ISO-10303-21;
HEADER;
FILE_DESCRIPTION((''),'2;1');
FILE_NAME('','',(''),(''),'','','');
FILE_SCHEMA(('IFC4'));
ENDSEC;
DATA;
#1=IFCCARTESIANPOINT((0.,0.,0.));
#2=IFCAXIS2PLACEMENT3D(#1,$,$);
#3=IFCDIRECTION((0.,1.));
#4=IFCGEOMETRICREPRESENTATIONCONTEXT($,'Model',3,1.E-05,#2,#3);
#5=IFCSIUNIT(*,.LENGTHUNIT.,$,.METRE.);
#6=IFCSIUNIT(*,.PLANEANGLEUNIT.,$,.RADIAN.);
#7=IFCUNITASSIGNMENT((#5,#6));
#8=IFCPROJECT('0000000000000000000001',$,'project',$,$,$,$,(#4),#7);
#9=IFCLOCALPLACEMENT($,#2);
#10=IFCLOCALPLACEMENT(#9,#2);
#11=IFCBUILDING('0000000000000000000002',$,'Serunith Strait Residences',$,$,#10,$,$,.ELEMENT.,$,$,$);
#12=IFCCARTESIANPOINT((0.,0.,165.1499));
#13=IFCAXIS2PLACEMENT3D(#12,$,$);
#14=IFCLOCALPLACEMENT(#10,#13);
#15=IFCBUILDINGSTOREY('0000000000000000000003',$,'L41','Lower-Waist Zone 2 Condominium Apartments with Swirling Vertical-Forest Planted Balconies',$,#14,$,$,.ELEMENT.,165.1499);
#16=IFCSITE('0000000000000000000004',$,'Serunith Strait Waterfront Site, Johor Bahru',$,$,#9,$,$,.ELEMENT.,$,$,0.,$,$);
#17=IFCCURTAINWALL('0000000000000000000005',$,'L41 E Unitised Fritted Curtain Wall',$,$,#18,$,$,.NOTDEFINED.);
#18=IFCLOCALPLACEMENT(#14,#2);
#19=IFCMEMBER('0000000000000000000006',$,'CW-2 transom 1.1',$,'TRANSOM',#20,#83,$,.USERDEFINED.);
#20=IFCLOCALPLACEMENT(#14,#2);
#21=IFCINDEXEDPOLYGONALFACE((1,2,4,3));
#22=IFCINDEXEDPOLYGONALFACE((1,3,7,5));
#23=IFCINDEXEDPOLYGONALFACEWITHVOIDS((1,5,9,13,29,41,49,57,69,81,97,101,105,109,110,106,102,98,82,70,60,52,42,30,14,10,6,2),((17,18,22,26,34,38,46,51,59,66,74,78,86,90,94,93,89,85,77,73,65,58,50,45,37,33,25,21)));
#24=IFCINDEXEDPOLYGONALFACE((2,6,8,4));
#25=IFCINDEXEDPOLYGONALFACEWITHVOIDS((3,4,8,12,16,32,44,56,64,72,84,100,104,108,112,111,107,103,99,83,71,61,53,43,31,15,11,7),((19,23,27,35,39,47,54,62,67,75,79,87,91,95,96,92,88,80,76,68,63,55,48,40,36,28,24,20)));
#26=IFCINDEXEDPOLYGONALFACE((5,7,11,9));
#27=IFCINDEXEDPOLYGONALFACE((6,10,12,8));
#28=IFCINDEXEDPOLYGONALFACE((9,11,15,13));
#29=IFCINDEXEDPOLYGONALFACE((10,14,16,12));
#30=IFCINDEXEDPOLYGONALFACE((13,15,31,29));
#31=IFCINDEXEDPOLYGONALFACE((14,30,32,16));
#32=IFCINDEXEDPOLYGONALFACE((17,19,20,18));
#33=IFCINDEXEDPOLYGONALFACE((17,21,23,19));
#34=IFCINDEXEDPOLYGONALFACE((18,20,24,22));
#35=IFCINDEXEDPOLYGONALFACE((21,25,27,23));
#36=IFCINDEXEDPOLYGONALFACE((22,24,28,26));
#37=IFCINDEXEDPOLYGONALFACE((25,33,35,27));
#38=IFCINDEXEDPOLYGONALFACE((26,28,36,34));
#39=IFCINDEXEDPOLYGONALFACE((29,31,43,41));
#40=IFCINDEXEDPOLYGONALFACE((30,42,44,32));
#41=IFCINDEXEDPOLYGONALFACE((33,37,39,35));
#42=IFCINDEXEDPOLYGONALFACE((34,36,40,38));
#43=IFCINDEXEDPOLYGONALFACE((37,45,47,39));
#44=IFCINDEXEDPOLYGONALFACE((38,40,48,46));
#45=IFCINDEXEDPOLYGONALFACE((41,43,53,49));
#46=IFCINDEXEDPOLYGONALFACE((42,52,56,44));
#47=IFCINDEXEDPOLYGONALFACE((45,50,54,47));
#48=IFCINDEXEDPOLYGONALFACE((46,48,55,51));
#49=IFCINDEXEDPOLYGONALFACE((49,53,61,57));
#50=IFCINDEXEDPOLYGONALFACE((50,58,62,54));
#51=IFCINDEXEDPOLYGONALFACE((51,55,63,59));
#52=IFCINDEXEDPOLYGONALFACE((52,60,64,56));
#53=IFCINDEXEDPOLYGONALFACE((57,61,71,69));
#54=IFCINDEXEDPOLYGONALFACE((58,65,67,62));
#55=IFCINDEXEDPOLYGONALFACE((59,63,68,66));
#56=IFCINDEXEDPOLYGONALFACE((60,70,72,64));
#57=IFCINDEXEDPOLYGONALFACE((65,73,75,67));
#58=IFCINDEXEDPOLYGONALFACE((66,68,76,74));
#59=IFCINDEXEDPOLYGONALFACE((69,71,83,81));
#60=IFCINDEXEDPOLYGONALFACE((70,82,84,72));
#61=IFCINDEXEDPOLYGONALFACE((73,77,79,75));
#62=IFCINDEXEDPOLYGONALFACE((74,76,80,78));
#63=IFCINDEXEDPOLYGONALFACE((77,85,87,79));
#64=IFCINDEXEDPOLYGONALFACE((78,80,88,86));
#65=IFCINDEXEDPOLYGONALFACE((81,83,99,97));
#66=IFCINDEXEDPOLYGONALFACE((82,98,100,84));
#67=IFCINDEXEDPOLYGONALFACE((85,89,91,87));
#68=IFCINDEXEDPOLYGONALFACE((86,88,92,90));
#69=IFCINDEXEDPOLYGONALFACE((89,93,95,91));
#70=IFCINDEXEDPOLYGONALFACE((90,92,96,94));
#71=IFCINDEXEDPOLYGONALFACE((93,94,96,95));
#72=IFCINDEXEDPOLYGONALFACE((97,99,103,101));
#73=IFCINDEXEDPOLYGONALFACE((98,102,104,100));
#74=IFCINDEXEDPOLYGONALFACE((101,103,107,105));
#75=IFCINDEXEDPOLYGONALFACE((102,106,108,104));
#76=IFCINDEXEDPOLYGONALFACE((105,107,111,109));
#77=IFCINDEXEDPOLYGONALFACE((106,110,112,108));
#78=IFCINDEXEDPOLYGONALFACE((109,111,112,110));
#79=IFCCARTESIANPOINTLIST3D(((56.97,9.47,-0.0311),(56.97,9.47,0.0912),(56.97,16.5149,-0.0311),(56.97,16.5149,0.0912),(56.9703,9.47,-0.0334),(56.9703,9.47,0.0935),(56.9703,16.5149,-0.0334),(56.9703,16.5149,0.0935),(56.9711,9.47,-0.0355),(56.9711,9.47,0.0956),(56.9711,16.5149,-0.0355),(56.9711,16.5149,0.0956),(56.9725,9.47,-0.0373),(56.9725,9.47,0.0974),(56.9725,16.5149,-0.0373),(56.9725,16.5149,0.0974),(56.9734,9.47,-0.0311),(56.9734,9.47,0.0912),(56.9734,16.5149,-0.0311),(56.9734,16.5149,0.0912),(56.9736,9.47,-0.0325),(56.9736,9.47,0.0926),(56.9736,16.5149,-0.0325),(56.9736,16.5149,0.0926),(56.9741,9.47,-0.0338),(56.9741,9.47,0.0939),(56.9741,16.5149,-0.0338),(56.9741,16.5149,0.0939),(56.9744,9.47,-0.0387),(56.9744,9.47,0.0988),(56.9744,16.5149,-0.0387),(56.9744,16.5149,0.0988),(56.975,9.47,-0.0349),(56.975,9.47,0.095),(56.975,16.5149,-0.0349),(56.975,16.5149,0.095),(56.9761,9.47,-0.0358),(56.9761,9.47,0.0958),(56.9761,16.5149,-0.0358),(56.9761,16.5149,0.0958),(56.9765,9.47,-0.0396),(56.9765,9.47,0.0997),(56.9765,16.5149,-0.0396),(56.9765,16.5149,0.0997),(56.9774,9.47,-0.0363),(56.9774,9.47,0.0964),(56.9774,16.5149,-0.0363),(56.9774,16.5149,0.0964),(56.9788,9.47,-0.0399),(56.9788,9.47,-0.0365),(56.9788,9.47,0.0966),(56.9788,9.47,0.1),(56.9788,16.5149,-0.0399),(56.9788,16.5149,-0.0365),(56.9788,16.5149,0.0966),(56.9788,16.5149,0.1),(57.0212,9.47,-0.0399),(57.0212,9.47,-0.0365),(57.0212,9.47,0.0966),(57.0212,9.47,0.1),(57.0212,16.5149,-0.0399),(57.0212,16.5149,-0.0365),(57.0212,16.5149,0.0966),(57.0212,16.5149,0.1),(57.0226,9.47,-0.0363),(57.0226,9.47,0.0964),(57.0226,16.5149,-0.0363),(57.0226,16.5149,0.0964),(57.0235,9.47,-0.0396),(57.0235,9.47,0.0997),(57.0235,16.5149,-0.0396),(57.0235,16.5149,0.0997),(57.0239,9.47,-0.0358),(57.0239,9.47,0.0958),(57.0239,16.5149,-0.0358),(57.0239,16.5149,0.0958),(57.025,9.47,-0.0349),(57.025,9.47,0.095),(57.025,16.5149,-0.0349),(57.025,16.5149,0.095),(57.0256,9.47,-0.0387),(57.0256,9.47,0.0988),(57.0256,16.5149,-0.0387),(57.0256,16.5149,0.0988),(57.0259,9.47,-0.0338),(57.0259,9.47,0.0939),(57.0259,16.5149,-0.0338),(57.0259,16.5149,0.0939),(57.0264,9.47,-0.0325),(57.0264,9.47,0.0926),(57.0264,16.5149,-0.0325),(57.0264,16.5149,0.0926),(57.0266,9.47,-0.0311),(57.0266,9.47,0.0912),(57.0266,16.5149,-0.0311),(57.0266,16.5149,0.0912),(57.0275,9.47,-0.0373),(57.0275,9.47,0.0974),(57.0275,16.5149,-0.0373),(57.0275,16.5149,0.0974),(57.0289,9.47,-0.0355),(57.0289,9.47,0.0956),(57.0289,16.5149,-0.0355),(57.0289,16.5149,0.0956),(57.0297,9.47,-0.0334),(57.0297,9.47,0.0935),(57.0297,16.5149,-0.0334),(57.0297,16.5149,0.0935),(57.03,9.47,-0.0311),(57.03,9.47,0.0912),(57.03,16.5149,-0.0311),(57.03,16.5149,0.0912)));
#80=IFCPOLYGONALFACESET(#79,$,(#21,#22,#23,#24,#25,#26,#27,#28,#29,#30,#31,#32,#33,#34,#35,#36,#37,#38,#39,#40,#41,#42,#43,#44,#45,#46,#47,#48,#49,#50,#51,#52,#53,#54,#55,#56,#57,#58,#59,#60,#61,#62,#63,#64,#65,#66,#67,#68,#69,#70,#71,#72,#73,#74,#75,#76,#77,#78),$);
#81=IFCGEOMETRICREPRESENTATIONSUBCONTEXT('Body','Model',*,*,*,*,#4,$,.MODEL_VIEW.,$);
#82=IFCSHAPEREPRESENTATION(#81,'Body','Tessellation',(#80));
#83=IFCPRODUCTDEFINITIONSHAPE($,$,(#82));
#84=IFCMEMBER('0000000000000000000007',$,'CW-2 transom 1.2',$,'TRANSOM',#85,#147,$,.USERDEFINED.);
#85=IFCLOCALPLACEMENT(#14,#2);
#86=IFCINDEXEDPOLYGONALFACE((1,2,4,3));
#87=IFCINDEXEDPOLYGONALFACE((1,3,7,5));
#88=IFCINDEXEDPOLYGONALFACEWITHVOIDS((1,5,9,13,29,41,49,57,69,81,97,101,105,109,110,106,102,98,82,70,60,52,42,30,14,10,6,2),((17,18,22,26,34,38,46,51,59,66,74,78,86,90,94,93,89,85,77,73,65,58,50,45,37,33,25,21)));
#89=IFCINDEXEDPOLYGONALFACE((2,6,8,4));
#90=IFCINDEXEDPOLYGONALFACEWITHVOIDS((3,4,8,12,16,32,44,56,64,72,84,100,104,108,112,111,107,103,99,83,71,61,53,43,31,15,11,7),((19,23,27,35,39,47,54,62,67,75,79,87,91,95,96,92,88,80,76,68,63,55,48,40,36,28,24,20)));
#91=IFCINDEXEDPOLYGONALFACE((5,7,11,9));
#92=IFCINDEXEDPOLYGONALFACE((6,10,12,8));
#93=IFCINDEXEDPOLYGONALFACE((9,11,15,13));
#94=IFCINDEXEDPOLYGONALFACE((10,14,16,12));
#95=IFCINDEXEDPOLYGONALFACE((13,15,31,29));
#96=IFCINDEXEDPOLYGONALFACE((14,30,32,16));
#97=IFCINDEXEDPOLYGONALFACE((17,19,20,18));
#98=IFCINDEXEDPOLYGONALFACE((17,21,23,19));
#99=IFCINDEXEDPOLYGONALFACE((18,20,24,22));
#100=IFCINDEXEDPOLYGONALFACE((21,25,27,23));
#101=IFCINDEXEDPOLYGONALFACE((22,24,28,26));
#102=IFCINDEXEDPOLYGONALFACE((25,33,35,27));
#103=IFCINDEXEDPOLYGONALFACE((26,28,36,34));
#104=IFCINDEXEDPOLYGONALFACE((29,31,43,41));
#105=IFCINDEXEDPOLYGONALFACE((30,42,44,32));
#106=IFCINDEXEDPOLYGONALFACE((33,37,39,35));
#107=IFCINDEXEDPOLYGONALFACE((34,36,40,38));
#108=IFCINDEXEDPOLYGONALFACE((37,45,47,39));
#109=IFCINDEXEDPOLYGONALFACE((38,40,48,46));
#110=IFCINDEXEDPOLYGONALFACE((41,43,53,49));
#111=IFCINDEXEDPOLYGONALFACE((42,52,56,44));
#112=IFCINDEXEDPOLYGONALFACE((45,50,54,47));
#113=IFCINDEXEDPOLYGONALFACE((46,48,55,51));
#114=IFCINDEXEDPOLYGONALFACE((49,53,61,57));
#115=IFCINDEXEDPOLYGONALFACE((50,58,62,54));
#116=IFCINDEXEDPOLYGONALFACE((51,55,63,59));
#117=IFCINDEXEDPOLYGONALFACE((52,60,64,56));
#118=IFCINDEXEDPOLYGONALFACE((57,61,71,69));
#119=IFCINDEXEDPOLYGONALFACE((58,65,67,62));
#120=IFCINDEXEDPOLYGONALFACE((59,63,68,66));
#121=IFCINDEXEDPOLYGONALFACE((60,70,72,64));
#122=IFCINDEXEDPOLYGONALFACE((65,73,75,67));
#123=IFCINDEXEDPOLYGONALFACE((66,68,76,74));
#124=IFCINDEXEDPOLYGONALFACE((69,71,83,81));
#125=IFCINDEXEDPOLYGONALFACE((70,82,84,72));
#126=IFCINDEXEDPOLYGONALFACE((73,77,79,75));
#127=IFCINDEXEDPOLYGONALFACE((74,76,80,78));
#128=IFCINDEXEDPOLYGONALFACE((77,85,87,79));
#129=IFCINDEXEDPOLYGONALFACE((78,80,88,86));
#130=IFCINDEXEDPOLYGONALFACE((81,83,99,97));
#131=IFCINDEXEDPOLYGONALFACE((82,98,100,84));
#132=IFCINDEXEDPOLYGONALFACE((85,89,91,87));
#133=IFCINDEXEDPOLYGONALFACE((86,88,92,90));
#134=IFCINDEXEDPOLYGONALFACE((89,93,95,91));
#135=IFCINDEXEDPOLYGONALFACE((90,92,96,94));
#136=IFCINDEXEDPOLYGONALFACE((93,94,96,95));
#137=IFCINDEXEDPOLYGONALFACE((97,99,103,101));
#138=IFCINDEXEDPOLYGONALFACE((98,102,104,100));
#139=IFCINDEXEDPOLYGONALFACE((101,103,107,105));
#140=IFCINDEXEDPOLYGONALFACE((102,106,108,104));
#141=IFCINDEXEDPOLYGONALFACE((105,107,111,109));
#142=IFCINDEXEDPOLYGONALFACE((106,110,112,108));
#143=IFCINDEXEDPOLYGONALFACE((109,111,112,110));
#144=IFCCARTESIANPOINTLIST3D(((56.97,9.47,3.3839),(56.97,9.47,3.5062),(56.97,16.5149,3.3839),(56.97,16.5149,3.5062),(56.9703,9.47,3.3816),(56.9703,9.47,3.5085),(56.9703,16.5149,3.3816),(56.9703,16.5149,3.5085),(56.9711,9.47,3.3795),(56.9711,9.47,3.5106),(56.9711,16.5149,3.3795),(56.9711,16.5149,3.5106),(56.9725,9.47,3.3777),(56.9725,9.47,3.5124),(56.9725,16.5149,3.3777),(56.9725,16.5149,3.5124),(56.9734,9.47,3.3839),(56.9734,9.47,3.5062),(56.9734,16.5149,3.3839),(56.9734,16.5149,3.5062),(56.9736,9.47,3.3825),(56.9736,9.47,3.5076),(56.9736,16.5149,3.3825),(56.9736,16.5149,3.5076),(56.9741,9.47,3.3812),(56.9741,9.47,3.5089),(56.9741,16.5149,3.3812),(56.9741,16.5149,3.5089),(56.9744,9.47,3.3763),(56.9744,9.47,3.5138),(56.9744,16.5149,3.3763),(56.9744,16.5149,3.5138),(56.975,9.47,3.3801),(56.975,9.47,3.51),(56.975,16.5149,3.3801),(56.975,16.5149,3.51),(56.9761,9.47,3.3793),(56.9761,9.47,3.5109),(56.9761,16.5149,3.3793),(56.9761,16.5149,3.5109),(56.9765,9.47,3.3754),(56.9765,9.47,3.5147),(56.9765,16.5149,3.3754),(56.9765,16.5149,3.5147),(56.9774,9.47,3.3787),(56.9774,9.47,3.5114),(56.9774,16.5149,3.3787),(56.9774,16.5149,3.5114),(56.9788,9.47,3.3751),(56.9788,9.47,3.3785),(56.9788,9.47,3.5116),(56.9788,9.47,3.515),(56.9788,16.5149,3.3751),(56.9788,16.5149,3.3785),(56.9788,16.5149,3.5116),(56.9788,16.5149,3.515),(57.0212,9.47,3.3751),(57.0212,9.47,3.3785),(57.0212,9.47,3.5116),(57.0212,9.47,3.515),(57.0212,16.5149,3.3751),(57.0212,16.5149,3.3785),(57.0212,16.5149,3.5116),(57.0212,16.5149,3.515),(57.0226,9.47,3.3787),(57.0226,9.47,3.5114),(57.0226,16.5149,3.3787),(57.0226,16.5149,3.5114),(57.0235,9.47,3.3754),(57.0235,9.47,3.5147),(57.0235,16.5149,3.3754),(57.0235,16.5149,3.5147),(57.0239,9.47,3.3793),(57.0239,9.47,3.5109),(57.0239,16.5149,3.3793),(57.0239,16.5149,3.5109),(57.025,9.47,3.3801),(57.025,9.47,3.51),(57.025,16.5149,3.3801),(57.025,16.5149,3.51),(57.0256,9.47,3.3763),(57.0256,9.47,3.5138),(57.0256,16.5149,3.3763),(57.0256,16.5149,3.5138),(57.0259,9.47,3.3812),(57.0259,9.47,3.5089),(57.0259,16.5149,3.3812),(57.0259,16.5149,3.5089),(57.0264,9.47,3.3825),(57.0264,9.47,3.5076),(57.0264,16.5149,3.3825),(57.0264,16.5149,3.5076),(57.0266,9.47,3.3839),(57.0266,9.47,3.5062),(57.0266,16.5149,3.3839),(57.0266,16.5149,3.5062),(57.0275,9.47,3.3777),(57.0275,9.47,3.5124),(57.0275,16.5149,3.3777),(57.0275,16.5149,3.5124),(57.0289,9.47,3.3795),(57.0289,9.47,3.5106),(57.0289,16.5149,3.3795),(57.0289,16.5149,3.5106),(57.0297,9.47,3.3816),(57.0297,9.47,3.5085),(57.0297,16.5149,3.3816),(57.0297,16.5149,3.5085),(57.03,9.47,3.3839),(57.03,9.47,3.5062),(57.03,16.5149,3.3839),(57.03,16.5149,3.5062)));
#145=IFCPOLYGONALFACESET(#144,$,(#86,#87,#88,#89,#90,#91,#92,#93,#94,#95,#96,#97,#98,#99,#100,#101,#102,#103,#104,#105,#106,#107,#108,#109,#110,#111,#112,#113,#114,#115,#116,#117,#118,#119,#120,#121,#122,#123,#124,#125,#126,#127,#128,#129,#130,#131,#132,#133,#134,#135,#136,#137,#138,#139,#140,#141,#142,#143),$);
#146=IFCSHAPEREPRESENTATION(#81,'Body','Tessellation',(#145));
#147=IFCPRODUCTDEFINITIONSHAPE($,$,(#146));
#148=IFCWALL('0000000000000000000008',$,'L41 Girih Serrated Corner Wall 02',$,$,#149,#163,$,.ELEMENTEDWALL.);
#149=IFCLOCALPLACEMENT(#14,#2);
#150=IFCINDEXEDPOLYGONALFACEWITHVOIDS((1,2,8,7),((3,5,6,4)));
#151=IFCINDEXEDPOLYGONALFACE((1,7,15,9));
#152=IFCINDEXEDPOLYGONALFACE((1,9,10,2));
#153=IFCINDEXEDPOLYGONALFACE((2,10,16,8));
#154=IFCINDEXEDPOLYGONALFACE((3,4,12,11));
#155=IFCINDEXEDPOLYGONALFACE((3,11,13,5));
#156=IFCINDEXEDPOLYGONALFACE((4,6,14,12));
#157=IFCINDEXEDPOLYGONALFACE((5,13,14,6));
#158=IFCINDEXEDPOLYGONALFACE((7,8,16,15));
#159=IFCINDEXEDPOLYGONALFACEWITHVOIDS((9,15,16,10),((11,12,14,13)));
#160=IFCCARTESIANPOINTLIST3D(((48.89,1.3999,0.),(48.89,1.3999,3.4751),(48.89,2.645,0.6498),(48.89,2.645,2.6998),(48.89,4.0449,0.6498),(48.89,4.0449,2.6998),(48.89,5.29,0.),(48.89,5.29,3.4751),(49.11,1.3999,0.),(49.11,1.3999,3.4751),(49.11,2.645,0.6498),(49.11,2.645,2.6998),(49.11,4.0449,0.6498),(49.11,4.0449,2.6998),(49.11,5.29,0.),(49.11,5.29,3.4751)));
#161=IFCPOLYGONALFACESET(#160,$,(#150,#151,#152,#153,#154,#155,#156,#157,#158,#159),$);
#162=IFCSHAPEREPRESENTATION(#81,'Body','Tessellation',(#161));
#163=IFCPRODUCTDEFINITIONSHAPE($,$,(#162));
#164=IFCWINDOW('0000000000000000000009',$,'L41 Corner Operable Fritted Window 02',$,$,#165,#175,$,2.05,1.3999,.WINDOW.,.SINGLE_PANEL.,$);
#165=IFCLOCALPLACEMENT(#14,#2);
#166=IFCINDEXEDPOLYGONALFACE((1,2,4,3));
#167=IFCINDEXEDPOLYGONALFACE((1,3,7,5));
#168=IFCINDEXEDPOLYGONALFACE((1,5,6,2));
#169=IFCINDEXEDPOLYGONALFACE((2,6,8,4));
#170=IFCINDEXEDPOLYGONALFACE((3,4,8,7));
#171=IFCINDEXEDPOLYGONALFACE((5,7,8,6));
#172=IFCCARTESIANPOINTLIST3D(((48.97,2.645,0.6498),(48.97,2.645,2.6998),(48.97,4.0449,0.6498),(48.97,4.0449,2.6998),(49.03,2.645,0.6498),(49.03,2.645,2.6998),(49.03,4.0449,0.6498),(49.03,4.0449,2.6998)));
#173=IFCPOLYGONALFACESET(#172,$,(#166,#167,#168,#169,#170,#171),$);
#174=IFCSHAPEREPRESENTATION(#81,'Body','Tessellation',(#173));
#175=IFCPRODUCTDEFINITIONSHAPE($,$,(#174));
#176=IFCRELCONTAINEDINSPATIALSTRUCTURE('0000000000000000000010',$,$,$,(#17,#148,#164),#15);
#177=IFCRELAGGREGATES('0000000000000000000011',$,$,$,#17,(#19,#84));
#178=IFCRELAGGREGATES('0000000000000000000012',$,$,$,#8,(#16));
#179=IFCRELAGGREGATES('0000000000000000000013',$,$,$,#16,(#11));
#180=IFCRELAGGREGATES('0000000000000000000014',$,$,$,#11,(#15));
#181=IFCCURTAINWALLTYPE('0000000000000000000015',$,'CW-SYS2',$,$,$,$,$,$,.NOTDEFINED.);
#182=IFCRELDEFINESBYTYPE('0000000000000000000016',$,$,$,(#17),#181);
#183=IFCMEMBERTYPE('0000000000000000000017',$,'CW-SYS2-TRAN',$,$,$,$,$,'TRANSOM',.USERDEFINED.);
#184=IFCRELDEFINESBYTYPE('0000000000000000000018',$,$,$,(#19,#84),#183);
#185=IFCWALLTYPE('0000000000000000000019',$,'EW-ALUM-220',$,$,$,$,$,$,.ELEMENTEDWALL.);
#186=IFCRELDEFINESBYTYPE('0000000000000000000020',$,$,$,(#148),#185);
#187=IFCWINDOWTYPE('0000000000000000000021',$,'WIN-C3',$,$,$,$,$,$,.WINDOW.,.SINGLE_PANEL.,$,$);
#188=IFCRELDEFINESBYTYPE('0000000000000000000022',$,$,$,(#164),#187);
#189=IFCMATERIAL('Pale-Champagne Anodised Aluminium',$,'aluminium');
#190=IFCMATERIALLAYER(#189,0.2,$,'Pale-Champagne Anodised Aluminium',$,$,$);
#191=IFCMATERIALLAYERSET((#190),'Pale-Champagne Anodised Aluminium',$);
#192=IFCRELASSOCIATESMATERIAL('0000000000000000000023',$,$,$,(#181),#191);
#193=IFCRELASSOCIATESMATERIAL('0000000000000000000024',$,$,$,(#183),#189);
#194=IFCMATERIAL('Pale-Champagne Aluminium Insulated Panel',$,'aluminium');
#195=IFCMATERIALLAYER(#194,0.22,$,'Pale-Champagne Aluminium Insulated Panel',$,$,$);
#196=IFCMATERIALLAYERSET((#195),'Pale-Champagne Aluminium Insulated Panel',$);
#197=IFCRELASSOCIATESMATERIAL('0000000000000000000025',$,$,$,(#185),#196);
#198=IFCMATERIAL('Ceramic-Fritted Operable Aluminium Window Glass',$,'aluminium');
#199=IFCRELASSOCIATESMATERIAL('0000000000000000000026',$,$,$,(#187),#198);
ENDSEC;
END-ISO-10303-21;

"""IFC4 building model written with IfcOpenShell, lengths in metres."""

from ifc_helpers import new_model, si_unit, direction, frame, frame_2d, origin, origin_2d, place, context, subcontext, project, spatial, rectangle, hollow_rectangle, extrude, source, transform, mapped, material, layer, layer_set, material_profile, profile_set, type_object, element, fill, aggregate, save


model = new_model("IFC4")

# Units and contexts
model_context = context("Model", 3, precision=1e-05, world=origin(), true_north=direction((0.0, 1.0)))
body_context = subcontext(model_context, "Body", "Model", "MODEL_VIEW")
ifc_project = project(units=[si_unit("LENGTHUNIT", "METRE"), si_unit("PLANEANGLEUNIT", "RADIAN")], contexts=[model_context])

# Site, building, storey
site_placement = place(None, origin())
site = spatial("IfcSite", under=ifc_project, at=site_placement, Name="Serunith Strait Waterfront Site, Johor Bahru", CompositionType="ELEMENT", RefElevation=0.0)
building_placement = place(site_placement, origin())
building = spatial("IfcBuilding", under=site, at=building_placement, Name="Serunith Strait Residences", CompositionType="ELEMENT")
storey_placement = place(building_placement, frame((0.0, 0.0, 165.1499)))
storey = spatial("IfcBuildingStorey", under=building, at=storey_placement, Name="L41", Description="Lower-Waist Zone 2 Condominium Apartments with Swirling Vertical-Forest Planted Balconies", CompositionType="ELEMENT", Elevation=165.1499)

# Shared definitions
ifc_material_1 = material(Name="Pale-Champagne Anodised Aluminium", Category="aluminium")
ifc_layer_1 = layer(ifc_material_1, 0.2, Name="Pale-Champagne Anodised Aluminium")
ifc_layer_set_1 = layer_set([ifc_layer_1], Name="Pale-Champagne Anodised Aluminium")
curtain_wall_type = type_object("IfcCurtainWallType", Name="CW-SYS2", PredefinedType="NOTDEFINED", material=ifc_layer_set_1)

# Curtain wall, members
curtain_wall_1_placement = place(storey_placement, origin())
curtain_wall_1 = element("IfcCurtainWall", 1, at=curtain_wall_1_placement, inside=storey, type_object=curtain_wall_type, Name="L41 E Unitised Fritted Curtain Wall", PredefinedType="NOTDEFINED")
ifc_material_profile_1 = material_profile(ifc_material_1, hollow_rectangle(XDim=0.0601, YDim=0.1399, WallThickness=0.0034, InnerFilletRadius=0.0054, OuterFilletRadius=0.0088, at=origin_2d()), Name="ALU 140x60x3.5")
ifc_profile_set_1 = profile_set([ifc_material_profile_1], Name="Pale-Champagne Anodised Aluminium")
member_type_1 = type_object("IfcMemberType", Name="CW-SYS2-TRAN", ElementType="TRANSOM", PredefinedType="USERDEFINED", material=ifc_profile_set_1)
shared_shape_1 = source(origin(), body_context, "Body", "SweptSolid", [
    extrude(hollow_rectangle(XDim=0.0601, YDim=0.1399, WallThickness=0.0034, InnerFilletRadius=0.0054, OuterFilletRadius=0.0088, at=origin_2d()), origin(), (0.0, 0.0, 1.0), 7.0449),
])
member_1_placement = place(storey_placement, frame((57.0, 9.47, 0.03), z_axis=(0.0, 1.0, 0.0), x_axis=(-1.0, 0.0, 0.0)))
member_1 = element("IfcMember", 2, at=member_1_placement, type_object=member_type_1, Name="CW-2 transom 1.1", ObjectType="TRANSOM", PredefinedType="USERDEFINED", context=body_context, shape_type="MappedRepresentation", body=[
    mapped(shared_shape_1, transform((0.0, 0.0, 0.0), scale=1.0)),
])
member_2_placement = place(storey_placement, frame((57.0, 9.47, 3.4451), z_axis=(0.0, 1.0, 0.0), x_axis=(-1.0, 0.0, 0.0)))
member_2 = element("IfcMember", 3, at=member_2_placement, type_object=member_type_1, Name="CW-2 transom 1.2", ObjectType="TRANSOM", PredefinedType="USERDEFINED", context=body_context, shape_type="MappedRepresentation", body=[
    mapped(shared_shape_1, transform((0.0, 0.0, 0.0), scale=1.0)),
])
aggregate(curtain_wall_1, [member_1, member_2])

# Wall, opening, window
ifc_material_2 = material(Name="Pale-Champagne Aluminium Insulated Panel", Category="aluminium")
ifc_layer_2 = layer(ifc_material_2, 0.22, Name="Pale-Champagne Aluminium Insulated Panel")
ifc_layer_set_2 = layer_set([ifc_layer_2], Name="Pale-Champagne Aluminium Insulated Panel")
wall_type_1 = type_object("IfcWallType", Name="EW-ALUM-220", PredefinedType="ELEMENTEDWALL", material=ifc_layer_set_2)
wall_1_placement = place(storey_placement, frame((49.0, 1.3999, 0.0), z_axis=(0.0, 0.0, 1.0), x_axis=(0.0, 1.0, 0.0)))
wall_1 = element("IfcWall", 4, at=wall_1_placement, inside=storey, type_object=wall_type_1, Name="L41 Girih Serrated Corner Wall 02", PredefinedType="ELEMENTEDWALL", context=body_context, shape_type="SweptSolid", body=[
    extrude(rectangle(XDim=3.8901, YDim=0.22, at=frame_2d((1.9451, 0.0))), origin(), (0.0, 0.0, 1.0), 3.4751),
])
opening_1_placement = place(wall_1_placement, frame((1.2451, 0.0, 0.6499)))
opening_1 = element("IfcOpeningElement", 5, at=opening_1_placement, cuts=wall_1, PredefinedType="OPENING", context=body_context, shape_type="SweptSolid", body=[
    extrude(rectangle(XDim=1.3999, YDim=2.05, at=frame_2d((0.7, 1.0249))), frame((0.0, 0.1201, 0.0), z_axis=(0.0, -1.0, 0.0), x_axis=(1.0, 0.0, 0.0)), (0.0, 0.0, 1.0), 0.24),
])
ifc_material_3 = material(Name="Ceramic-Fritted Operable Aluminium Window Glass", Category="aluminium")
window_type = type_object("IfcWindowType", Name="WIN-C3", PartitioningType="SINGLE_PANEL", PredefinedType="WINDOW", material=ifc_material_3)
shared_shape_2 = source(origin(), body_context, "Body", "SweptSolid", [
    extrude(rectangle(XDim=1.3999, YDim=2.05, at=frame_2d((0.7, 1.0249))), frame((0.0, 0.03, 0.0), z_axis=(0.0, -1.0, 0.0), x_axis=(1.0, 0.0, 0.0)), (0.0, 0.0, 1.0), 0.0601),
])
window_1_placement = place(opening_1_placement, origin())
window_1 = element("IfcWindow", 6, at=window_1_placement, inside=storey, type_object=window_type, Name="L41 Corner Operable Fritted Window 02", OverallHeight=2.05, OverallWidth=1.3999, PartitioningType="SINGLE_PANEL", PredefinedType="WINDOW", context=body_context, shape_type="MappedRepresentation", body=[
    mapped(shared_shape_2, transform((0.0, 0.0, 0.0), scale=1.0)),
])
fill(opening_1, window_1)

save(model, "model.ifc")
